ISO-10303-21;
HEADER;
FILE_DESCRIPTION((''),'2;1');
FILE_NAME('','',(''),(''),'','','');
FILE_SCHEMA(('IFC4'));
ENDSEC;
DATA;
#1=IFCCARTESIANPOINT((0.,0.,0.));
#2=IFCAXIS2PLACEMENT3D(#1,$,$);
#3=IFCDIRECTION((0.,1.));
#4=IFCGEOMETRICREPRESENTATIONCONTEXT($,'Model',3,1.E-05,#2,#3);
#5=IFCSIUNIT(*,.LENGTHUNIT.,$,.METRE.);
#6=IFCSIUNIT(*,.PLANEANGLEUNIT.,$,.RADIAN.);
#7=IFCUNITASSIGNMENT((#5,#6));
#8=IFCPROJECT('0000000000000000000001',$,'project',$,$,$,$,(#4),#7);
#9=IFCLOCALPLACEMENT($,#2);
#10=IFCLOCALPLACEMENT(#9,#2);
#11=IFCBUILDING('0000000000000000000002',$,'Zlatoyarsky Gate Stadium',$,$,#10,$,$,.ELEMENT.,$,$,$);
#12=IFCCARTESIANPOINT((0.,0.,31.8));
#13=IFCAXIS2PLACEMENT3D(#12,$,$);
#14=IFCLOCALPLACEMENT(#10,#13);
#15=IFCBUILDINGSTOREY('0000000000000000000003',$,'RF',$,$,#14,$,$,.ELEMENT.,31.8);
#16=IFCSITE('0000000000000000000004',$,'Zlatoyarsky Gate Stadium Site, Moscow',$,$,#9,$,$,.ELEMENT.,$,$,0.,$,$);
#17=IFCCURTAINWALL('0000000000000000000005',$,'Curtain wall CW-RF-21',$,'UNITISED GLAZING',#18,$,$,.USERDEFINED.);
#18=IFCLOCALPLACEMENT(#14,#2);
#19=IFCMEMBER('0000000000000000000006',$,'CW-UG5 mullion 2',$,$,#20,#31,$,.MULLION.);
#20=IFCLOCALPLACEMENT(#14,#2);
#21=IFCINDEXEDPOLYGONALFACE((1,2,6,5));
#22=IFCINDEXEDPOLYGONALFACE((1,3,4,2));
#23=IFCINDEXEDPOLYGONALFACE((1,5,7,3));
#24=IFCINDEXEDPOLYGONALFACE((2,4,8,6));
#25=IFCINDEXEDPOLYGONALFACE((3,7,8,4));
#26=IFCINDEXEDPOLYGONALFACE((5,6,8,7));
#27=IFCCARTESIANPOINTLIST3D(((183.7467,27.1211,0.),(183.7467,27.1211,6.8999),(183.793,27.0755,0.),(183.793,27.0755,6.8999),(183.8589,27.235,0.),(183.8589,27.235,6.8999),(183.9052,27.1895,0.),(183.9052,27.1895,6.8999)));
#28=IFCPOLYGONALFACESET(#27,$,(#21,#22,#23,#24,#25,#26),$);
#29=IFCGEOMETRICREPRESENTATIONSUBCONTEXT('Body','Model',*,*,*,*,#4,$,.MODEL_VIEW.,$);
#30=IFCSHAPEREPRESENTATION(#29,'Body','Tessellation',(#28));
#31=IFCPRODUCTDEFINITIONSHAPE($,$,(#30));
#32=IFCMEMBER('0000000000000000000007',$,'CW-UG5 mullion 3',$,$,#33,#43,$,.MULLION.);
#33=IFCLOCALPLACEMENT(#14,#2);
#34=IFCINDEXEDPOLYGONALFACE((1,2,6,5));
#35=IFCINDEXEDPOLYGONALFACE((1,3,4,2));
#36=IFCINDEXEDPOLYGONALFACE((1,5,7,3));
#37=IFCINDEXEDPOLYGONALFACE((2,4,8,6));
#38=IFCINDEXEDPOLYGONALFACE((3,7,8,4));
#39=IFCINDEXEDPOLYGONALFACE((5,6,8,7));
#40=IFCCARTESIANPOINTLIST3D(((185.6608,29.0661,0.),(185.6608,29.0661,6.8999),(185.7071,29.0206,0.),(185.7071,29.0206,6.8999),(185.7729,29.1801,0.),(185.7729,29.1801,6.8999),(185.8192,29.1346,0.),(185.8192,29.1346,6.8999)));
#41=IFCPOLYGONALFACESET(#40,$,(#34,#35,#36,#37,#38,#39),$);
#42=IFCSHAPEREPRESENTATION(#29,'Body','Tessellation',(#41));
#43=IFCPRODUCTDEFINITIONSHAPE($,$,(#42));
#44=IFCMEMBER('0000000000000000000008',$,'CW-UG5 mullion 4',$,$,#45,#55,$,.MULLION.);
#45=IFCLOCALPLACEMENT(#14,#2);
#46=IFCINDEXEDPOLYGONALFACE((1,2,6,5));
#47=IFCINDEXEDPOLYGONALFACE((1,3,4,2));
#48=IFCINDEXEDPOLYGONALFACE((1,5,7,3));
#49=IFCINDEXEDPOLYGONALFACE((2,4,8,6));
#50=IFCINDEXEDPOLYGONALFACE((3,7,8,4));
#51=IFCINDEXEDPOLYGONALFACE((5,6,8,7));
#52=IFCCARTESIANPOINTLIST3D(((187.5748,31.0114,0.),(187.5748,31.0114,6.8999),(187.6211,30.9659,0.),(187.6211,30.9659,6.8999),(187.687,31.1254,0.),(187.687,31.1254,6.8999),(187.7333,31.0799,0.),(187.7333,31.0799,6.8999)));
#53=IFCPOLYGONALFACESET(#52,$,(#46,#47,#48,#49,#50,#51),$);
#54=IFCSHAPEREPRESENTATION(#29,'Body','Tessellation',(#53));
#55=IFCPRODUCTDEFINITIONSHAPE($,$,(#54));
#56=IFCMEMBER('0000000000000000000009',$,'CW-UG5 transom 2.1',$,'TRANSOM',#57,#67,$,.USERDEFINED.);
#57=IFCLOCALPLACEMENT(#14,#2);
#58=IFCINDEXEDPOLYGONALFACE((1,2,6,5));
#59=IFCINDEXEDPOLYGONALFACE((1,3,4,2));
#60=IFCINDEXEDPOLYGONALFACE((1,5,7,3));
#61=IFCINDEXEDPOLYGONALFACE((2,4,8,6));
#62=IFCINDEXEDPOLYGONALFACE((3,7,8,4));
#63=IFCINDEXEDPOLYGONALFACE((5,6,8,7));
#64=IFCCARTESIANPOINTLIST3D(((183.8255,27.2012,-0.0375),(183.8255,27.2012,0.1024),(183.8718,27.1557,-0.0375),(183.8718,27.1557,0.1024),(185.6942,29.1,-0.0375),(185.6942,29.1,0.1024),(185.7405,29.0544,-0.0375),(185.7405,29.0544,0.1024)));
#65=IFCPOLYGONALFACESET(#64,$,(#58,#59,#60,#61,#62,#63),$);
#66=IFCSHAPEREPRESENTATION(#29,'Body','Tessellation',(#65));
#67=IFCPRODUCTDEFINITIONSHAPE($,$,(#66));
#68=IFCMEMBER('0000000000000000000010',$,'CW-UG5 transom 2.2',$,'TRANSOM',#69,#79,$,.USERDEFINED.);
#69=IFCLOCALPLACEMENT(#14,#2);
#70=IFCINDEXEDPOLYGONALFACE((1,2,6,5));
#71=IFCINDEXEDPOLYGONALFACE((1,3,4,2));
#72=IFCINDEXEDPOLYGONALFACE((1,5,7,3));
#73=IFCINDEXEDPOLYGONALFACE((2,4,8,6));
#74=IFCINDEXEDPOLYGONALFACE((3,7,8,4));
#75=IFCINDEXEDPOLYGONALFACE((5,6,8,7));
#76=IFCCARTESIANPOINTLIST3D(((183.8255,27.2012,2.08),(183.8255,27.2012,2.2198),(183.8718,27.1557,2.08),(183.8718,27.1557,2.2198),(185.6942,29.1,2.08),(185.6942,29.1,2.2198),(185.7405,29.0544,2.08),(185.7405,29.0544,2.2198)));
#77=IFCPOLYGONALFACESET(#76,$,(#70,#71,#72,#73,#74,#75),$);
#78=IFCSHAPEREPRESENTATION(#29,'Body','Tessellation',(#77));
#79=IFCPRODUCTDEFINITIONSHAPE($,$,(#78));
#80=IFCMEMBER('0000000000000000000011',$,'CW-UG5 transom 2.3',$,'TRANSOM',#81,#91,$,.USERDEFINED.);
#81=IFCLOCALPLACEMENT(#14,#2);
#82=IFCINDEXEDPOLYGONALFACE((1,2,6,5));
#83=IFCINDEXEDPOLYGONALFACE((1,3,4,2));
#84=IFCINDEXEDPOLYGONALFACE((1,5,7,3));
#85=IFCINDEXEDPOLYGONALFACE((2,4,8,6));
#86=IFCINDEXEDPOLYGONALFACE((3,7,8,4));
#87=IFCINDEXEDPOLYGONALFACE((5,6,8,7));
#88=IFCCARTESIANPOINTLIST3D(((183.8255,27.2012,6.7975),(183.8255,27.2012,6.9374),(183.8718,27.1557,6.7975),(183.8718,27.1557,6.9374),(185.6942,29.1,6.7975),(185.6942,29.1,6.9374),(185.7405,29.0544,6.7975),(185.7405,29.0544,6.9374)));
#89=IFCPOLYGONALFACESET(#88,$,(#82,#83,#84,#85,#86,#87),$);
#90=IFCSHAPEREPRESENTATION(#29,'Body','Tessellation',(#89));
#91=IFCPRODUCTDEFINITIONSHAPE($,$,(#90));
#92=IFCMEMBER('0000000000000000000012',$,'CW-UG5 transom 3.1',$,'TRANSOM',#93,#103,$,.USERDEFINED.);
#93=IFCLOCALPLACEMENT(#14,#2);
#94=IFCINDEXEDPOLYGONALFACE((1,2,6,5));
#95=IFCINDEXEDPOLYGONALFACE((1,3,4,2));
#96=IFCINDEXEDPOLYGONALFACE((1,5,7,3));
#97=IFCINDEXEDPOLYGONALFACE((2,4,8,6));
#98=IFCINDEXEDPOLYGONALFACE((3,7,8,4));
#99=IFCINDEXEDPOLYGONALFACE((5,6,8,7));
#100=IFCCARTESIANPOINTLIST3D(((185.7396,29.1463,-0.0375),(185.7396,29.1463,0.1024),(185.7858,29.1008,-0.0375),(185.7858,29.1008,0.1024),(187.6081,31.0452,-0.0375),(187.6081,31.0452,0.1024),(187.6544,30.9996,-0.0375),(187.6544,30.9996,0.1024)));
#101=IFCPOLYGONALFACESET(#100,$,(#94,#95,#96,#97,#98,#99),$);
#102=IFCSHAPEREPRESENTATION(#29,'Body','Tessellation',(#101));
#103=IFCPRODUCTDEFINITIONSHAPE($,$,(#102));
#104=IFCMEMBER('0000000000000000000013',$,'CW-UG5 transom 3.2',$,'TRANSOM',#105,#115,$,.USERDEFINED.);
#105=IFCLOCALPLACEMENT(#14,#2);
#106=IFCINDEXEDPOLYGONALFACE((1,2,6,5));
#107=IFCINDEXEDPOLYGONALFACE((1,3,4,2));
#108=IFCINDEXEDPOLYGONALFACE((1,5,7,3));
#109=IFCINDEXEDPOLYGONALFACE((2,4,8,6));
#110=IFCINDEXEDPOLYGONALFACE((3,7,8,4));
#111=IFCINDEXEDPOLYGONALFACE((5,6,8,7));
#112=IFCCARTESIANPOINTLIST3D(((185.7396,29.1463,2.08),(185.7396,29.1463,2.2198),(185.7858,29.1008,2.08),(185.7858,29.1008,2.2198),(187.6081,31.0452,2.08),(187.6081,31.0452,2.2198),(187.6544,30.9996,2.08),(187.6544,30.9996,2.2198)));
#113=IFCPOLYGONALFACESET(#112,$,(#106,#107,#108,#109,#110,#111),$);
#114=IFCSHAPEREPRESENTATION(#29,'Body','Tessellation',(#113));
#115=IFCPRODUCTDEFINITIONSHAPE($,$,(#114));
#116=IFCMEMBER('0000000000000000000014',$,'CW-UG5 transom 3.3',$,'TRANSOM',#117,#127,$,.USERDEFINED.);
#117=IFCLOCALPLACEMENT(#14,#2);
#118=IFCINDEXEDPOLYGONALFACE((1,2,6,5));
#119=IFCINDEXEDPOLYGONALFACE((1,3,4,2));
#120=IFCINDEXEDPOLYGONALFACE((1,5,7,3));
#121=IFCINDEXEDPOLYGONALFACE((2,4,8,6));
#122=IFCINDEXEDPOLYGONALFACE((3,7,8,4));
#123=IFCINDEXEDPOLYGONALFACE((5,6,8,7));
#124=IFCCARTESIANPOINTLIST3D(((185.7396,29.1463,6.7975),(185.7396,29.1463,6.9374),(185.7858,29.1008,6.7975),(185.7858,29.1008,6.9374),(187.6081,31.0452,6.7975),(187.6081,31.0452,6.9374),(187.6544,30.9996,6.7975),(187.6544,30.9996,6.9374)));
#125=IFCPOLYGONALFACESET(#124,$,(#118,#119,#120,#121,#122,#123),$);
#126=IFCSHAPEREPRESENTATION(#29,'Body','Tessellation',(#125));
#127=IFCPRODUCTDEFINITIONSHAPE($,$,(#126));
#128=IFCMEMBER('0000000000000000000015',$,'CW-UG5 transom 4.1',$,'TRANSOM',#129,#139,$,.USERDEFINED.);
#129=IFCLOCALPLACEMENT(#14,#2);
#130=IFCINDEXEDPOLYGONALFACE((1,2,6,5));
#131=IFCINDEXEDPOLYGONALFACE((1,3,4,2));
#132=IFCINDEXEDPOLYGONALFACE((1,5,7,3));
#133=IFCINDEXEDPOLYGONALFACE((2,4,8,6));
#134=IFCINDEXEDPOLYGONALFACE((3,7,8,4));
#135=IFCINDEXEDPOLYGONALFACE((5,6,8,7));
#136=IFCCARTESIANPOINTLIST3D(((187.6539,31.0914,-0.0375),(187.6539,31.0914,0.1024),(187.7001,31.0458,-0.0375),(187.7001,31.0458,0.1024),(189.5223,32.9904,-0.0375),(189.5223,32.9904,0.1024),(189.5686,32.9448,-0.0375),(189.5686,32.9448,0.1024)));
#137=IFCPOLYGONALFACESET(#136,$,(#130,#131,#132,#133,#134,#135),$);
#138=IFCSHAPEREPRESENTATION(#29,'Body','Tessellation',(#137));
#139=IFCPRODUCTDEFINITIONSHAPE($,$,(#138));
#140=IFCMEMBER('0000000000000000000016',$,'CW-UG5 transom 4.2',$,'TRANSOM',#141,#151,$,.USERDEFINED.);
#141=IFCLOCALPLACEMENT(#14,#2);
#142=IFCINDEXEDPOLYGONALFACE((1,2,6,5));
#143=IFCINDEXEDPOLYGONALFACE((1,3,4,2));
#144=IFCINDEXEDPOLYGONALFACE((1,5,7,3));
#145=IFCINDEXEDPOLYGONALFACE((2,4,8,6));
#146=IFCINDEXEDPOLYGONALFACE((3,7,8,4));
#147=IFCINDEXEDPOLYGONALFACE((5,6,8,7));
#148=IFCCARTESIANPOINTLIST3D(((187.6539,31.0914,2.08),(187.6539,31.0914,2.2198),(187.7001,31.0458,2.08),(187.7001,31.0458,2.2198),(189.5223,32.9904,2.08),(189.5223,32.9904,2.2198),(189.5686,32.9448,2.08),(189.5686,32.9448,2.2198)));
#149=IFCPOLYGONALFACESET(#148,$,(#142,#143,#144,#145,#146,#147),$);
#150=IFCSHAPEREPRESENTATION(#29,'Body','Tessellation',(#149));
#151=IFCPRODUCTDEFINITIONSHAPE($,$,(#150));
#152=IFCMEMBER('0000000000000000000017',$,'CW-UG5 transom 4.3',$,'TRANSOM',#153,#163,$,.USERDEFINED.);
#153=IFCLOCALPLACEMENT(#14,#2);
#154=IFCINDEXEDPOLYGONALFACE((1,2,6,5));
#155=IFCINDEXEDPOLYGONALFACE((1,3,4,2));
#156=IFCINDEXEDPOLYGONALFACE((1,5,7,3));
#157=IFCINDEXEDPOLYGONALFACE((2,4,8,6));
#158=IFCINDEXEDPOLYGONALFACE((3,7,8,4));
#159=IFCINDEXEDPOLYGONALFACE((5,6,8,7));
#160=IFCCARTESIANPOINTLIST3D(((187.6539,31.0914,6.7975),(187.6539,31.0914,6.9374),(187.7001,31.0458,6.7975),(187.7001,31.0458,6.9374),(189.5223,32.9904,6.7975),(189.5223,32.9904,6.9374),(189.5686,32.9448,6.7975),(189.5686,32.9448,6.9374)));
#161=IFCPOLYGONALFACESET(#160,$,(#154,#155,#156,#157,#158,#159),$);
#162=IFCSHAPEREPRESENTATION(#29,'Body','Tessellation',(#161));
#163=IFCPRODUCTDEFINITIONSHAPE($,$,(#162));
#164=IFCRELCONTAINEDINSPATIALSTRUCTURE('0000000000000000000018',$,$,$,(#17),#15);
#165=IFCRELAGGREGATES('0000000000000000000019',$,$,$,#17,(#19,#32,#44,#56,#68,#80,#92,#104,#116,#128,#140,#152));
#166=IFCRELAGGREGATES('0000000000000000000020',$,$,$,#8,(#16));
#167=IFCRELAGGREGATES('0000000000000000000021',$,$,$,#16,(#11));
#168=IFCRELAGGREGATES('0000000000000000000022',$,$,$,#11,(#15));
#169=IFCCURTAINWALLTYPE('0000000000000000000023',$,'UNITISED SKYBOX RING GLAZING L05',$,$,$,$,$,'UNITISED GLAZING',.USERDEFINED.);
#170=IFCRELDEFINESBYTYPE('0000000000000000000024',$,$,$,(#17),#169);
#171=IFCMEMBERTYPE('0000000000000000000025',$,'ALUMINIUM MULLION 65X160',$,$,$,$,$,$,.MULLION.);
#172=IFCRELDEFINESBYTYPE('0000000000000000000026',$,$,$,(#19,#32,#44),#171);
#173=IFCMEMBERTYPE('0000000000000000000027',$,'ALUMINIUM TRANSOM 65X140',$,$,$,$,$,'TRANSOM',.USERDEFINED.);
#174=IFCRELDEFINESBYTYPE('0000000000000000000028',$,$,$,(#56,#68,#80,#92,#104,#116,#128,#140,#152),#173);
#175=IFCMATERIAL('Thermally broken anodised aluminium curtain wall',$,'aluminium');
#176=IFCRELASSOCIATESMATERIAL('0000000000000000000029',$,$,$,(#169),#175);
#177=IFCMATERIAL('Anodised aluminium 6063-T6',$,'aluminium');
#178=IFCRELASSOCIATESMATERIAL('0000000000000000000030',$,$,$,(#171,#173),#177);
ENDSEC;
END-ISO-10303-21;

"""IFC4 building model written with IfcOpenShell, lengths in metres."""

from ifc_helpers import new_model, si_unit, direction, frame, origin, origin_2d, place, context, subcontext, project, spatial, rectangle, extrude, material, material_profile, profile_set, type_object, element, aggregate, save


model = new_model("IFC4")

# Units and contexts
model_context = context("Model", 3, precision=1e-05, world=origin(), true_north=direction((0.0, 1.0)))
body_context = subcontext(model_context, "Body", "Model", "MODEL_VIEW")
ifc_project = project(units=[si_unit("LENGTHUNIT", "METRE"), si_unit("PLANEANGLEUNIT", "RADIAN")], contexts=[model_context])

# Site, building, storey
site_placement = place(None, origin())
site = spatial("IfcSite", under=ifc_project, at=site_placement, Name="Zlatoyarsky Gate Stadium Site, Moscow", CompositionType="ELEMENT", RefElevation=0.0)
building_placement = place(site_placement, origin())
building = spatial("IfcBuilding", under=site, at=building_placement, Name="Zlatoyarsky Gate Stadium", CompositionType="ELEMENT")
storey_placement = place(building_placement, frame((0.0, 0.0, 31.8)))
storey = spatial("IfcBuildingStorey", under=building, at=storey_placement, Name="RF", CompositionType="ELEMENT", Elevation=31.8)

# Curtain wall, members
ifc_material_1 = material(Name="Thermally broken anodised aluminium curtain wall", Category="aluminium")
curtain_wall_type = type_object("IfcCurtainWallType", Name="UNITISED SKYBOX RING GLAZING L05", ElementType="UNITISED GLAZING", PredefinedType="USERDEFINED", material=ifc_material_1)
curtain_wall_placement = place(storey_placement, origin())
curtain_wall = element("IfcCurtainWall", 1, at=curtain_wall_placement, inside=storey, type_object=curtain_wall_type, Name="Curtain wall CW-RF-21", ObjectType="UNITISED GLAZING", PredefinedType="USERDEFINED")
ifc_material_2 = material(Name="Anodised aluminium 6063-T6", Category="aluminium")
ifc_material_profile_1 = material_profile(ifc_material_2, rectangle(XDim=0.0649, YDim=0.1599, at=origin_2d()), Name="ALU 65X160")
ifc_profile_set_1 = profile_set([ifc_material_profile_1], Name="Anodised aluminium 6063-T6")
member_type_1 = type_object("IfcMemberType", Name="ALUMINIUM MULLION 65X160", PredefinedType="MULLION", material=ifc_profile_set_1)
member_1_placement = place(storey_placement, frame((183.8259, 27.1553, 0.0), z_axis=(0.0, 0.0, 1.0), x_axis=(-0.712766, 0.701402, 0.0)))
member_1 = element("IfcMember", 2, at=member_1_placement, type_object=member_type_1, Name="CW-UG5 mullion 2", PredefinedType="MULLION", context=body_context, shape_type="SweptSolid", body=[
    extrude(rectangle(XDim=0.0649, YDim=0.1599, at=origin_2d()), origin(), (0.0, 0.0, 1.0), 6.8999),
])
member_2_placement = place(storey_placement, frame((185.74, 29.1003, 0.0), z_axis=(0.0, 0.0, 1.0), x_axis=(-0.712766, 0.701402, 0.0)))
member_2 = element("IfcMember", 3, at=member_2_placement, type_object=member_type_1, Name="CW-UG5 mullion 3", PredefinedType="MULLION", context=body_context, shape_type="SweptSolid", body=[
    extrude(rectangle(XDim=0.0649, YDim=0.1599, at=origin_2d()), origin(), (0.0, 0.0, 1.0), 6.8999),
])
member_3_placement = place(storey_placement, frame((187.6541, 31.0457, 0.0), z_axis=(0.0, 0.0, 1.0), x_axis=(-0.712766, 0.701402, 0.0)))
member_3 = element("IfcMember", 4, at=member_3_placement, type_object=member_type_1, Name="CW-UG5 mullion 4", PredefinedType="MULLION", context=body_context, shape_type="SweptSolid", body=[
    extrude(rectangle(XDim=0.0649, YDim=0.1599, at=origin_2d()), origin(), (0.0, 0.0, 1.0), 6.8999),
])
ifc_material_profile_2 = material_profile(ifc_material_2, rectangle(XDim=0.0649, YDim=0.1399, at=origin_2d()), Name="ALU 65X140")
ifc_profile_set_2 = profile_set([ifc_material_profile_2], Name="Anodised aluminium 6063-T6")
member_type_2 = type_object("IfcMemberType", Name="ALUMINIUM TRANSOM 65X140", ElementType="TRANSOM", PredefinedType="USERDEFINED", material=ifc_profile_set_2)
member_4_placement = place(storey_placement, frame((183.8486, 27.1785, 0.0325), z_axis=(0.701448, 0.71272, 0.0), x_axis=(-0.71272, 0.701448, 0.0)))
member_4 = element("IfcMember", 5, at=member_4_placement, type_object=member_type_2, Name="CW-UG5 transom 2.1", ObjectType="TRANSOM", PredefinedType="USERDEFINED", context=body_context, shape_type="SweptSolid", body=[
    extrude(rectangle(XDim=0.0649, YDim=0.1399, at=origin_2d()), origin(), (0.0, 0.0, 1.0), 2.6641),
])
member_5_placement = place(storey_placement, frame((183.8486, 27.1785, 2.1499), z_axis=(0.701448, 0.71272, 0.0), x_axis=(-0.71272, 0.701448, 0.0)))
member_5 = element("IfcMember", 6, at=member_5_placement, type_object=member_type_2, Name="CW-UG5 transom 2.2", ObjectType="TRANSOM", PredefinedType="USERDEFINED", context=body_context, shape_type="SweptSolid", body=[
    extrude(rectangle(XDim=0.0649, YDim=0.1399, at=origin_2d()), origin(), (0.0, 0.0, 1.0), 2.6641),
])
member_6_placement = place(storey_placement, frame((183.8486, 27.1785, 6.8674), z_axis=(0.701448, 0.71272, 0.0), x_axis=(-0.71272, 0.701448, 0.0)))
member_6 = element("IfcMember", 7, at=member_6_placement, type_object=member_type_2, Name="CW-UG5 transom 2.3", ObjectType="TRANSOM", PredefinedType="USERDEFINED", context=body_context, shape_type="SweptSolid", body=[
    extrude(rectangle(XDim=0.0649, YDim=0.1399, at=origin_2d()), origin(), (0.0, 0.0, 1.0), 2.6641),
])
member_7_placement = place(storey_placement, frame((185.7627, 29.1235, 0.0325), z_axis=(0.701402, 0.712766, 0.0), x_axis=(-0.712766, 0.701402, 0.0)))
member_7 = element("IfcMember", 8, at=member_7_placement, type_object=member_type_2, Name="CW-UG5 transom 3.1", ObjectType="TRANSOM", PredefinedType="USERDEFINED", context=body_context, shape_type="SweptSolid", body=[
    extrude(rectangle(XDim=0.0649, YDim=0.1399, at=origin_2d()), origin(), (0.0, 0.0, 1.0), 2.6641),
])
member_8_placement = place(storey_placement, frame((185.7627, 29.1235, 2.1499), z_axis=(0.701402, 0.712766, 0.0), x_axis=(-0.712766, 0.701402, 0.0)))
member_8 = element("IfcMember", 9, at=member_8_placement, type_object=member_type_2, Name="CW-UG5 transom 3.2", ObjectType="TRANSOM", PredefinedType="USERDEFINED", context=body_context, shape_type="SweptSolid", body=[
    extrude(rectangle(XDim=0.0649, YDim=0.1399, at=origin_2d()), origin(), (0.0, 0.0, 1.0), 2.6641),
])
member_9_placement = place(storey_placement, frame((185.7627, 29.1235, 6.8674), z_axis=(0.701402, 0.712766, 0.0), x_axis=(-0.712766, 0.701402, 0.0)))
member_9 = element("IfcMember", 10, at=member_9_placement, type_object=member_type_2, Name="CW-UG5 transom 3.3", ObjectType="TRANSOM", PredefinedType="USERDEFINED", context=body_context, shape_type="SweptSolid", body=[
    extrude(rectangle(XDim=0.0649, YDim=0.1399, at=origin_2d()), origin(), (0.0, 0.0, 1.0), 2.6641),
])
member_10_placement = place(storey_placement, frame((187.677, 31.0686, 0.0325), z_axis=(0.701356, 0.712811, 0.0), x_axis=(-0.712811, 0.701356, 0.0)))
member_10 = element("IfcMember", 11, at=member_10_placement, type_object=member_type_2, Name="CW-UG5 transom 4.1", ObjectType="TRANSOM", PredefinedType="USERDEFINED", context=body_context, shape_type="SweptSolid", body=[
    extrude(rectangle(XDim=0.0649, YDim=0.1399, at=origin_2d()), origin(), (0.0, 0.0, 1.0), 2.6641),
])
member_11_placement = place(storey_placement, frame((187.677, 31.0686, 2.1499), z_axis=(0.701356, 0.712811, 0.0), x_axis=(-0.712811, 0.701356, 0.0)))
member_11 = element("IfcMember", 12, at=member_11_placement, type_object=member_type_2, Name="CW-UG5 transom 4.2", ObjectType="TRANSOM", PredefinedType="USERDEFINED", context=body_context, shape_type="SweptSolid", body=[
    extrude(rectangle(XDim=0.0649, YDim=0.1399, at=origin_2d()), origin(), (0.0, 0.0, 1.0), 2.6641),
])
member_12_placement = place(storey_placement, frame((187.677, 31.0686, 6.8674), z_axis=(0.701356, 0.712811, 0.0), x_axis=(-0.712811, 0.701356, 0.0)))
member_12 = element("IfcMember", 13, at=member_12_placement, type_object=member_type_2, Name="CW-UG5 transom 4.3", ObjectType="TRANSOM", PredefinedType="USERDEFINED", context=body_context, shape_type="SweptSolid", body=[
    extrude(rectangle(XDim=0.0649, YDim=0.1399, at=origin_2d()), origin(), (0.0, 0.0, 1.0), 2.6641),
])

aggregate(curtain_wall, [member_1, member_2, member_3, member_4, member_5, member_6, member_7, member_8, member_9, member_10, member_11, member_12])

save(model, "model.ifc")
